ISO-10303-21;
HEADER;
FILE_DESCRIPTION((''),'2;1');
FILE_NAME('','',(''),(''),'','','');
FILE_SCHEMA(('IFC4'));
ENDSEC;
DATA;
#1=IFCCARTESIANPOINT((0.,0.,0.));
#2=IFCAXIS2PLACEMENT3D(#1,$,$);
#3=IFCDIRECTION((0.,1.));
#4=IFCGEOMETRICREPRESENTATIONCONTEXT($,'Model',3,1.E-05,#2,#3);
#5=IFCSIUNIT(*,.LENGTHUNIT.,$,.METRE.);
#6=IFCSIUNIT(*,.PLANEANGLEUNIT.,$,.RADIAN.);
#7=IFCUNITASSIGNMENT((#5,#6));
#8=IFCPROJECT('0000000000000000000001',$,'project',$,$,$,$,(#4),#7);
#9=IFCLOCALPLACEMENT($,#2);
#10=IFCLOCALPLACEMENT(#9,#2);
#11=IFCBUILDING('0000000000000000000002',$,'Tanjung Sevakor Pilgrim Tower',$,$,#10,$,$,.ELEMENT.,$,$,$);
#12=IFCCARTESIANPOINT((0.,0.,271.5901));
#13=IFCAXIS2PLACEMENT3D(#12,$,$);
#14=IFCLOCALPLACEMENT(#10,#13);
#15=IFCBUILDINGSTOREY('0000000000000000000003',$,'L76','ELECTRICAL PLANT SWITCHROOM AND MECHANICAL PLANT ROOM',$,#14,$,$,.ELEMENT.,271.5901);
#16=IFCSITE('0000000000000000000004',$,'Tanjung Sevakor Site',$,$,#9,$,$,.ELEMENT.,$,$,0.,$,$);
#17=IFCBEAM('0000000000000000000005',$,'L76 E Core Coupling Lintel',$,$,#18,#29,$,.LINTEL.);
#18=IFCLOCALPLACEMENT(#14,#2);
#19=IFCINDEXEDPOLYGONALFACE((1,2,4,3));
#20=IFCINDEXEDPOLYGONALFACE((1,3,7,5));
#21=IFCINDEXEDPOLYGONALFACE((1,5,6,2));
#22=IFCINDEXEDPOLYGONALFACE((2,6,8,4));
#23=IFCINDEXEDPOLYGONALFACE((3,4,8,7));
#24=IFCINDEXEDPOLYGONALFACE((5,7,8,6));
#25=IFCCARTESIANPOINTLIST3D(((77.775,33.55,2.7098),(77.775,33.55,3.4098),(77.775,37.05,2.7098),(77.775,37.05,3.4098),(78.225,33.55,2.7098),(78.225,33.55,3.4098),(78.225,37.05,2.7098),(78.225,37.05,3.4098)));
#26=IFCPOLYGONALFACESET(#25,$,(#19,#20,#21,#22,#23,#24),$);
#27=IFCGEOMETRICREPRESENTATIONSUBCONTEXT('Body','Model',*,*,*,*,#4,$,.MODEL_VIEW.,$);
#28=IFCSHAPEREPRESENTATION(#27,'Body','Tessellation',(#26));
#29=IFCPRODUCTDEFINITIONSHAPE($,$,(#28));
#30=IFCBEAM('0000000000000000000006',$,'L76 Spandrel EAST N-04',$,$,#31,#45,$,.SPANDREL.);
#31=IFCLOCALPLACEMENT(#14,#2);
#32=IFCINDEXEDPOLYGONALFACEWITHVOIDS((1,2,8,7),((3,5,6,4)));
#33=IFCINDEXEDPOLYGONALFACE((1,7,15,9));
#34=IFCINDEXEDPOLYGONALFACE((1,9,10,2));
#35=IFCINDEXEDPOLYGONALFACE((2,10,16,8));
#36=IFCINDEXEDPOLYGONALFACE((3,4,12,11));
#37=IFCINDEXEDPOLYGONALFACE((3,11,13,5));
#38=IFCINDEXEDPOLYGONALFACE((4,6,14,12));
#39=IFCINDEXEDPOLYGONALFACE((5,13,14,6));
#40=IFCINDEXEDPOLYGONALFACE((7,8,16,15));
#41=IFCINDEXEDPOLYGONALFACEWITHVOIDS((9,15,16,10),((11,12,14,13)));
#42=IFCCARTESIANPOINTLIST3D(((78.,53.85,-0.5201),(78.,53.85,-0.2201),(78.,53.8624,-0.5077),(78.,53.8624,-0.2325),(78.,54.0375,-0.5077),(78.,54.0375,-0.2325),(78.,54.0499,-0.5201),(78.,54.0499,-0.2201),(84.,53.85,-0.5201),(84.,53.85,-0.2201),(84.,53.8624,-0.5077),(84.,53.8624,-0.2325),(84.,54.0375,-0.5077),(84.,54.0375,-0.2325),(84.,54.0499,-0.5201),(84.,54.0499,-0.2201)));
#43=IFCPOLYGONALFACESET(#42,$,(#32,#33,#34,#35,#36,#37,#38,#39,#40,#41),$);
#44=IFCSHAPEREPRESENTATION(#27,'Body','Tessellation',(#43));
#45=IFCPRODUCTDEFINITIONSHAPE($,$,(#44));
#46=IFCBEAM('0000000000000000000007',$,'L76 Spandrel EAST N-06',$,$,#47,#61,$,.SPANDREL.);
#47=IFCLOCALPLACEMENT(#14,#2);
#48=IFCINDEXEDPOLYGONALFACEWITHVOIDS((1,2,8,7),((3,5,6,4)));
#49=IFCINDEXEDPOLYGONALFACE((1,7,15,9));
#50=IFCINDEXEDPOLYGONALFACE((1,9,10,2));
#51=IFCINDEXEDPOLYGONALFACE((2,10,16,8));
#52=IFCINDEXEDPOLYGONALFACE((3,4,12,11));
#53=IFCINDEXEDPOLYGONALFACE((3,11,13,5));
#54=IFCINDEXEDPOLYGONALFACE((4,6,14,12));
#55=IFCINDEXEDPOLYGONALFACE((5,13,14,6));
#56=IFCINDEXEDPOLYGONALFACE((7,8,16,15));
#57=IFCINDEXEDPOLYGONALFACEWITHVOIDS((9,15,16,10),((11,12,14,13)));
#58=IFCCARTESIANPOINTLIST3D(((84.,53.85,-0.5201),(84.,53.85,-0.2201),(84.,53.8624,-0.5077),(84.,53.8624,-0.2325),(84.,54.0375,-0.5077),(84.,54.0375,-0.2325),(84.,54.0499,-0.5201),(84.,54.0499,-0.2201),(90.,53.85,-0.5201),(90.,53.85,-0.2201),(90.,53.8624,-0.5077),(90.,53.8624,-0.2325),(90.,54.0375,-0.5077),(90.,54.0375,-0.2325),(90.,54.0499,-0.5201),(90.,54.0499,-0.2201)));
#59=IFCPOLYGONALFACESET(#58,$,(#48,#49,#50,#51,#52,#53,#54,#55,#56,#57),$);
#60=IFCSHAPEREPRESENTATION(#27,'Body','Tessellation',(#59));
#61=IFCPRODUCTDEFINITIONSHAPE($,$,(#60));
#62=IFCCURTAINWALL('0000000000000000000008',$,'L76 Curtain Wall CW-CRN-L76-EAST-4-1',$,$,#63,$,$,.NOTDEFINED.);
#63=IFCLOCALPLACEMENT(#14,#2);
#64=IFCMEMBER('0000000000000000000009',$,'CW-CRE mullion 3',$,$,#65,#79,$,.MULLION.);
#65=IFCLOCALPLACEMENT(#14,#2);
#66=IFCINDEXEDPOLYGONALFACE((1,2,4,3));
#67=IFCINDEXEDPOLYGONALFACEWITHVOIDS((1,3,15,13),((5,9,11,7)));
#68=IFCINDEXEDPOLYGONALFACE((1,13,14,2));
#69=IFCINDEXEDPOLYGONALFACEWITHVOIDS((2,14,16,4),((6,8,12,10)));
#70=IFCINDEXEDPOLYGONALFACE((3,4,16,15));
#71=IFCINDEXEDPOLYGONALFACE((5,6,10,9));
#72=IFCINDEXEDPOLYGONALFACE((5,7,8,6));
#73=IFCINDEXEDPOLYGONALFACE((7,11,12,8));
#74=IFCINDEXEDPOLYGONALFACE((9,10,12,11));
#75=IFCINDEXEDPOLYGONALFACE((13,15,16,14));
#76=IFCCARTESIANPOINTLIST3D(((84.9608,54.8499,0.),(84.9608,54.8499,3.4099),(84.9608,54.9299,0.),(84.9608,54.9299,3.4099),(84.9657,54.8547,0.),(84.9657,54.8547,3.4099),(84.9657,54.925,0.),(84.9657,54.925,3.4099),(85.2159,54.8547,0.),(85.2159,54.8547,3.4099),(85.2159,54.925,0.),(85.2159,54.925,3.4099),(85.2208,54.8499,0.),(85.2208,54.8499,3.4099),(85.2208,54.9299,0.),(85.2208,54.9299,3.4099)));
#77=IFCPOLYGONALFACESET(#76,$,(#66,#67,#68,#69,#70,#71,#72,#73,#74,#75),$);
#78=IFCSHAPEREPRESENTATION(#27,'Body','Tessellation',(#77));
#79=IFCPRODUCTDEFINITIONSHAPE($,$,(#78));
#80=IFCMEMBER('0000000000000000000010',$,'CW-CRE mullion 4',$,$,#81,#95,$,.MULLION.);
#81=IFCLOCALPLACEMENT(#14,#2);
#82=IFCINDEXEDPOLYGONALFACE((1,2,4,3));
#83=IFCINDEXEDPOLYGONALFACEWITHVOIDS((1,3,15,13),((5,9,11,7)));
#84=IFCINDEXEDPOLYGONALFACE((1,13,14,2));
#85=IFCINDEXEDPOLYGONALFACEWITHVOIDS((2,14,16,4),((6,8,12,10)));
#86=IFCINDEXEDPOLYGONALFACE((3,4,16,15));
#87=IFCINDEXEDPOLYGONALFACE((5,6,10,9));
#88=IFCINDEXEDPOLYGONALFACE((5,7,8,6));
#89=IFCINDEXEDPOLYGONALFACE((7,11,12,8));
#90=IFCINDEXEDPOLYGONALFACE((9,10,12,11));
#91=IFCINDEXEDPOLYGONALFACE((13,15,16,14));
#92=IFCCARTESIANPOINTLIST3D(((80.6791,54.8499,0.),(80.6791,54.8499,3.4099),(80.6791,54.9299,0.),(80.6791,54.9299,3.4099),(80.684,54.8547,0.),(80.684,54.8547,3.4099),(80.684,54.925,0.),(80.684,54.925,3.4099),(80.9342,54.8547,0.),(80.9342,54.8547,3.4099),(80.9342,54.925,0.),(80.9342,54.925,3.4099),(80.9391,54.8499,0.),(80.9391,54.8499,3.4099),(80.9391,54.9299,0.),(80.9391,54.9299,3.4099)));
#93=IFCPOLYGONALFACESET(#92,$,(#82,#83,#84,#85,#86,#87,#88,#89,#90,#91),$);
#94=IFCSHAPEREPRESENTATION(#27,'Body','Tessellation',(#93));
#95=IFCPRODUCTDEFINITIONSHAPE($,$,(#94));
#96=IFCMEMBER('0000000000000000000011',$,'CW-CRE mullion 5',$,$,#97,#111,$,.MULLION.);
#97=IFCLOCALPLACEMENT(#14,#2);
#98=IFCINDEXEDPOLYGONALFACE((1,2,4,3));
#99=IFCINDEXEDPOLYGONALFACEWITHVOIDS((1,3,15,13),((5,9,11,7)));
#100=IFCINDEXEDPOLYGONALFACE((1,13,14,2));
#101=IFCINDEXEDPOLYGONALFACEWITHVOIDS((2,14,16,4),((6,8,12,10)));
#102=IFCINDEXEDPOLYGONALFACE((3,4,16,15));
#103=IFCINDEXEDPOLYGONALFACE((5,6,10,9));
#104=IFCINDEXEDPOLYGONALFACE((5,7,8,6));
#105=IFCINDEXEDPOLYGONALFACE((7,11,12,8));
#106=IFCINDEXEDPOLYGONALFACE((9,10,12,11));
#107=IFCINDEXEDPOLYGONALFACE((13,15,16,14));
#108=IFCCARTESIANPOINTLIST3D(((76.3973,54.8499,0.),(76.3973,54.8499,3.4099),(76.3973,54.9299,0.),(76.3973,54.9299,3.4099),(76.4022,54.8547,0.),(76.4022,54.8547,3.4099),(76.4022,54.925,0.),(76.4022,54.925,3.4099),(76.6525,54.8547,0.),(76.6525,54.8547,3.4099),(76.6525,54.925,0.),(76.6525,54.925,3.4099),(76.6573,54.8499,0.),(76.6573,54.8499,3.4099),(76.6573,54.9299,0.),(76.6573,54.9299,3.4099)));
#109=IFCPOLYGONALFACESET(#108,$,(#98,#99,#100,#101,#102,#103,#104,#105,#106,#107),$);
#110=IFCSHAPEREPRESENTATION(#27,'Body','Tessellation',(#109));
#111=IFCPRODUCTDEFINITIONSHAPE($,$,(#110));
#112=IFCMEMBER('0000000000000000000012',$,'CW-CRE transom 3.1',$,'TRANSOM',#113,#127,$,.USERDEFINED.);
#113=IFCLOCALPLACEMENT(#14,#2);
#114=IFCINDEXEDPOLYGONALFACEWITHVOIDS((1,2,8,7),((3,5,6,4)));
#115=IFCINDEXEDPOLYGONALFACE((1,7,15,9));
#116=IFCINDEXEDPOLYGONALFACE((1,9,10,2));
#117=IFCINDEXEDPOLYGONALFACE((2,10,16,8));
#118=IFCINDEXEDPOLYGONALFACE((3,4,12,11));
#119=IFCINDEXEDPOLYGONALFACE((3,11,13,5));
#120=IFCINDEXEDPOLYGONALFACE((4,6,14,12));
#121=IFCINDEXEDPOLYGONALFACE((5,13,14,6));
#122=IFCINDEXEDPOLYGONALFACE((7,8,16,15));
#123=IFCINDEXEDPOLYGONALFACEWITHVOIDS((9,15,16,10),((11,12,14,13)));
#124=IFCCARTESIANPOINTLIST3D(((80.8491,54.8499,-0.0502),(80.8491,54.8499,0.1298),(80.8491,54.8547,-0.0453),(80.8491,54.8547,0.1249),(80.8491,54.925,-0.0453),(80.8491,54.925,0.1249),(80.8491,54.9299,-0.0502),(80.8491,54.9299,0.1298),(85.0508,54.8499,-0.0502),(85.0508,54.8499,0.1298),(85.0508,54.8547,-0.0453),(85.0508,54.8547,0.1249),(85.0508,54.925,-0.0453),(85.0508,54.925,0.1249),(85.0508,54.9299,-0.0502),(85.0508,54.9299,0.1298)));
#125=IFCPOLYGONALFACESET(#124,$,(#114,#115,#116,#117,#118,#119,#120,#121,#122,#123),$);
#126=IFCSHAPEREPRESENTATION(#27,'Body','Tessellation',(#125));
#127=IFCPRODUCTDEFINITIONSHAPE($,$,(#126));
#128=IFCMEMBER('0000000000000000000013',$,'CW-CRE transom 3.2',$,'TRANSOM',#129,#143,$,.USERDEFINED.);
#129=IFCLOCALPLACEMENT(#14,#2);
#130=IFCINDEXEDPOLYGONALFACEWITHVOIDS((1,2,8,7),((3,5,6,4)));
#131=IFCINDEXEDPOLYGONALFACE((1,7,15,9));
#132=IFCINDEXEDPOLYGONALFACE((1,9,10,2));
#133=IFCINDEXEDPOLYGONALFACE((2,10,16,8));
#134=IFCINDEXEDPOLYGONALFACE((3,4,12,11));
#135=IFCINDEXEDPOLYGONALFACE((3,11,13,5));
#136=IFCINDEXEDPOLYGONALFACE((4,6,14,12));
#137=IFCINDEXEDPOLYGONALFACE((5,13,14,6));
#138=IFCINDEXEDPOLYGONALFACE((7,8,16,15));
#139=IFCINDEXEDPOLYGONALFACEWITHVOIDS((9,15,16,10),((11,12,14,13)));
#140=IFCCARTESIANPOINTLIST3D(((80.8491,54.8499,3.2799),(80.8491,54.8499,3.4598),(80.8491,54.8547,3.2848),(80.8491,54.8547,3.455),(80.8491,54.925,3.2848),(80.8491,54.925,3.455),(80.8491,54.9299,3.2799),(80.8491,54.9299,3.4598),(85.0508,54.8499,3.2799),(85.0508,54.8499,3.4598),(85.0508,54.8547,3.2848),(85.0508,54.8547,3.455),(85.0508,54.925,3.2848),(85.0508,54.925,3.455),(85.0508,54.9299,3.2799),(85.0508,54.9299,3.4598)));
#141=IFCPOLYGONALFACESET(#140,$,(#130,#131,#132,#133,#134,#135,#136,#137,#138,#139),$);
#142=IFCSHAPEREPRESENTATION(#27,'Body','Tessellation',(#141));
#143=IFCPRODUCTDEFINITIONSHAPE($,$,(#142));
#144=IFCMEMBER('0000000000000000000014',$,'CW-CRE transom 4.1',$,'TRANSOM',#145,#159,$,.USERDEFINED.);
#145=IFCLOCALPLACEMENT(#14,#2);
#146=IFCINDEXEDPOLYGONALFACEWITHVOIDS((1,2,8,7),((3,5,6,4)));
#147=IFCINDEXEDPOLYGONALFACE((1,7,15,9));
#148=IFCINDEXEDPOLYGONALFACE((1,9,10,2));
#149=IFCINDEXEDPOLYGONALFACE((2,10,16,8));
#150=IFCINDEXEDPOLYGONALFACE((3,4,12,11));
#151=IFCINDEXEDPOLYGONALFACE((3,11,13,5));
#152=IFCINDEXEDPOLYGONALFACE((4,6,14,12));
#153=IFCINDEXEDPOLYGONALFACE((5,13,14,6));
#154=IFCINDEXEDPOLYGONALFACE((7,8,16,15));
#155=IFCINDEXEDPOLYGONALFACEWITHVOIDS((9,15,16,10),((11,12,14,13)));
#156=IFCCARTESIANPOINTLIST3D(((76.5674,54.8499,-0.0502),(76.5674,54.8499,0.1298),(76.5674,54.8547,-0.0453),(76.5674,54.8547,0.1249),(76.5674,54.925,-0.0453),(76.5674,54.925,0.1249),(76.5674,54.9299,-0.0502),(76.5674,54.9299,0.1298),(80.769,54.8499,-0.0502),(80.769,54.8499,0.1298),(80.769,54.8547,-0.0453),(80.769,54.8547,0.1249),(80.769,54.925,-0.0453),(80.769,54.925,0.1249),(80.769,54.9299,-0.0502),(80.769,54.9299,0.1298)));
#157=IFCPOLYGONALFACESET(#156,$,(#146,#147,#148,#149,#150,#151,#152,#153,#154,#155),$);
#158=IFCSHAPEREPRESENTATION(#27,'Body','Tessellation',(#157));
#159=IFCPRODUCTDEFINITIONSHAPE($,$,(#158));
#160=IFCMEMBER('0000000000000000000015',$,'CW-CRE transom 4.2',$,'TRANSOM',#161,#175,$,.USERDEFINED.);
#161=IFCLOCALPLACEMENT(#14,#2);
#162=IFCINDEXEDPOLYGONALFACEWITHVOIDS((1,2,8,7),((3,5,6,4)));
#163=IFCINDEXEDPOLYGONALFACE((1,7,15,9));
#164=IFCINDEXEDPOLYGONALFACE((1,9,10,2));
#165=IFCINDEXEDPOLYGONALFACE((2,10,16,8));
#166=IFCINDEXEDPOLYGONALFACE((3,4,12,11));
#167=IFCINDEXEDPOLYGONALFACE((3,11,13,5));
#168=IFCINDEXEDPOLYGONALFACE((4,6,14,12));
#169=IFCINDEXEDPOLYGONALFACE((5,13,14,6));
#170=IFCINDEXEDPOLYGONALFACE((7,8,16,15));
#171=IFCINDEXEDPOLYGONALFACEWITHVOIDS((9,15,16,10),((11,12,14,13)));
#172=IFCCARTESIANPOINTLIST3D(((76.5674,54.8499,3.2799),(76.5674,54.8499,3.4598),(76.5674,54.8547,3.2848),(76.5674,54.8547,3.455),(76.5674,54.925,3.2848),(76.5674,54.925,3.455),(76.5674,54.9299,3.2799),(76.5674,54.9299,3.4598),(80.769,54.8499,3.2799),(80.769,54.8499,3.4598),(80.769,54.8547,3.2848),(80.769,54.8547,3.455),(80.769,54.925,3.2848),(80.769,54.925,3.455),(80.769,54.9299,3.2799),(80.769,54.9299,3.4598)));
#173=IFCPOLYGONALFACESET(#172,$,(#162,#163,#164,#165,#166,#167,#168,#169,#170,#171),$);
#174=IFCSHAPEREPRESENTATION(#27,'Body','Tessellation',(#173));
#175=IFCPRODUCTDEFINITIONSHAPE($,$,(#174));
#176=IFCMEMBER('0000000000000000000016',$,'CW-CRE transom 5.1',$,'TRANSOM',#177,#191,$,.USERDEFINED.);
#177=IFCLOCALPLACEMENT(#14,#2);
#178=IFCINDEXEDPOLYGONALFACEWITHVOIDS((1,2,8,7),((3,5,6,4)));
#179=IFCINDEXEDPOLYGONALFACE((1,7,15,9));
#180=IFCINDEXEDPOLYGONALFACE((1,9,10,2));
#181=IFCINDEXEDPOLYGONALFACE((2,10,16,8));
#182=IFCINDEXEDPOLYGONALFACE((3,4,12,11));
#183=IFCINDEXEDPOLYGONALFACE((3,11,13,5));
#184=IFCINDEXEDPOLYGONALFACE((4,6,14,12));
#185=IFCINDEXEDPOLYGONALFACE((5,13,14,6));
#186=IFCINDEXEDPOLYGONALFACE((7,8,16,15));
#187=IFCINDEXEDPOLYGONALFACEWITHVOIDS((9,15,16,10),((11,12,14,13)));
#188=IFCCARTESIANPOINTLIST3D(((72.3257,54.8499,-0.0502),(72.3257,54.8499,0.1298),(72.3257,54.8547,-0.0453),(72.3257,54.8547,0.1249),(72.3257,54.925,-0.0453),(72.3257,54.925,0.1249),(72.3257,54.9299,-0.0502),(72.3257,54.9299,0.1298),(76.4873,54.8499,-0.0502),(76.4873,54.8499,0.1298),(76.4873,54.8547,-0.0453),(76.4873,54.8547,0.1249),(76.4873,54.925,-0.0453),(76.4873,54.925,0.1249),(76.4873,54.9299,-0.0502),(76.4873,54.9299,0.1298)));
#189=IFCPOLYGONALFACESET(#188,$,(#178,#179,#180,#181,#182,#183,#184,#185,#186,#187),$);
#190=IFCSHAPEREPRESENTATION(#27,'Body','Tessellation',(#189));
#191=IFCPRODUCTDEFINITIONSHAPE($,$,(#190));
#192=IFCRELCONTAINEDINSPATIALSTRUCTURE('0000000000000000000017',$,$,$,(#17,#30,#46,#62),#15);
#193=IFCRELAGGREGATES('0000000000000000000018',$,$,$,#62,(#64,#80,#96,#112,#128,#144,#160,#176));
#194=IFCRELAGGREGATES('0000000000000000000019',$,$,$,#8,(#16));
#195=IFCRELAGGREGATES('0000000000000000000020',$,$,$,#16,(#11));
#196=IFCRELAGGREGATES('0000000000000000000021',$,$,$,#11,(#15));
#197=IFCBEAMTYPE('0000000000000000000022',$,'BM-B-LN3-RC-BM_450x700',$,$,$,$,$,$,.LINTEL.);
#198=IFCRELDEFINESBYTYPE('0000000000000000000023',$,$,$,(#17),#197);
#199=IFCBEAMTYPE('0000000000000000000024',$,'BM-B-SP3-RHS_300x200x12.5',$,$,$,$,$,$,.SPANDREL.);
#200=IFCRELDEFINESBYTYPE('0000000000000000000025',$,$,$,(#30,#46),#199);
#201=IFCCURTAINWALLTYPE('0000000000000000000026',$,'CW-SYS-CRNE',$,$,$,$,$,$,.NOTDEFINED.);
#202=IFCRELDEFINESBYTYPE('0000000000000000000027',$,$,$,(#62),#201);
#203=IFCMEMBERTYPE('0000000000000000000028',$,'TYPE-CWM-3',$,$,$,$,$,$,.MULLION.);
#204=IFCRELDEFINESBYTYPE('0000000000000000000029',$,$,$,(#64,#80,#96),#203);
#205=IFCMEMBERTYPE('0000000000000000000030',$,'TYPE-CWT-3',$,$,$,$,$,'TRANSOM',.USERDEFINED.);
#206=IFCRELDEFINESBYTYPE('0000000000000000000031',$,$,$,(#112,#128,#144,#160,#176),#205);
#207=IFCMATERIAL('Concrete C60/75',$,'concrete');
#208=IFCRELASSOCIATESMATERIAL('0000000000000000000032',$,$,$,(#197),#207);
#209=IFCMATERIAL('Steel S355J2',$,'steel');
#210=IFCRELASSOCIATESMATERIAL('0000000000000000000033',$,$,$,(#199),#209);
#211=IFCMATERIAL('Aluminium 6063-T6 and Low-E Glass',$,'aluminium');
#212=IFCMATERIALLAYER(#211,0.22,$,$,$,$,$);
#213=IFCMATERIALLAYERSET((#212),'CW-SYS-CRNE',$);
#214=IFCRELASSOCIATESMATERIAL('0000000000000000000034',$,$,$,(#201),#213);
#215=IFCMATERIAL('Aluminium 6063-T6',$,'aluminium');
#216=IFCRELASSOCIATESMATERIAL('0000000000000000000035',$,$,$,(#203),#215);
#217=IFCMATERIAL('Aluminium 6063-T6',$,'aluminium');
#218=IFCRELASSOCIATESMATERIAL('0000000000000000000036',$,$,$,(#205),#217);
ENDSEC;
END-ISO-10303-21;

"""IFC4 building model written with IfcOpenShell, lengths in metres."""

from ifc_helpers import new_model, si_unit, direction, frame, origin, origin_2d, place, context, subcontext, project, spatial, rectangle, hollow_rectangle, extrude, material, layer, layer_set, material_profile, profile_set, type_object, element, aggregate, save


model = new_model("IFC4")

# Units and contexts
model_context = context("Model", 3, precision=1e-05, world=origin(), true_north=direction((0.0, 1.0)))
body_context = subcontext(model_context, "Body", "Model", "MODEL_VIEW")
ifc_project = project(units=[si_unit("LENGTHUNIT", "METRE"), si_unit("PLANEANGLEUNIT", "RADIAN")], contexts=[model_context])

# Site, building, storey
site_placement = place(None, origin())
site = spatial("IfcSite", under=ifc_project, at=site_placement, Name="Tanjung Sevakor Site", CompositionType="ELEMENT", RefElevation=0.0)
building_placement = place(site_placement, origin())
building = spatial("IfcBuilding", under=site, at=building_placement, Name="Tanjung Sevakor Pilgrim Tower", CompositionType="ELEMENT")
storey_placement = place(building_placement, frame((0.0, 0.0, 271.5901)))
storey = spatial("IfcBuildingStorey", under=building, at=storey_placement, Name="L76", Description="ELECTRICAL PLANT SWITCHROOM AND MECHANICAL PLANT ROOM", CompositionType="ELEMENT", Elevation=271.5901)

# Beams
ifc_material_1 = material(Name="Concrete C60/75", Category="concrete")
ifc_material_profile_1 = material_profile(ifc_material_1, rectangle(XDim=0.45, YDim=0.7, at=origin_2d()))
ifc_profile_set_1 = profile_set([ifc_material_profile_1], Name="Concrete C60/75")
beam_type_1 = type_object("IfcBeamType", Name="BM-B-LN3-RC-BM_450x700", PredefinedType="LINTEL", material=ifc_profile_set_1)
beam_placement = place(storey_placement, frame((78.0, 33.55, 3.0598), z_axis=(0.0, 1.0, 0.0), x_axis=(-1.0, 0.0, 0.0)))
element("IfcBeam", 1, at=beam_placement, inside=storey, type_object=beam_type_1, Name="L76 E Core Coupling Lintel", PredefinedType="LINTEL", context=body_context, shape_type="SweptSolid", body=[
    extrude(rectangle(XDim=0.45, YDim=0.7, at=origin_2d()), origin(), (0.0, 0.0, 1.0), 3.5),
])
ifc_material_2 = material(Name="Steel S355J2", Category="steel")
ifc_material_profile_2 = material_profile(ifc_material_2, hollow_rectangle(XDim=0.2, YDim=0.3, WallThickness=0.0125, at=origin_2d()))
ifc_profile_set_2 = profile_set([ifc_material_profile_2], Name="Steel S355J2")
beam_type_2 = type_object("IfcBeamType", Name="BM-B-SP3-RHS_300x200x12.5", PredefinedType="SPANDREL", material=ifc_profile_set_2)
for number, where, z_axis, x_axis, name in (
    (2, (78.0, 53.95, -0.3701), (1.0, 0.0, 0.0), (0.0, 1.0, 0.0), "L76 Spandrel EAST N-04"),
    (3, (84.0, 53.95, -0.3701), (1.0, 0.0, 0.0), (0.0, 1.0, 0.0), "L76 Spandrel EAST N-06"),
):
    element("IfcBeam", number, at=place(storey_placement, frame(where, z_axis=z_axis, x_axis=x_axis)), inside=storey, type_object=beam_type_2, Name=name, PredefinedType="SPANDREL", context=body_context, shape_type="SweptSolid", body=[
        extrude(hollow_rectangle(XDim=0.2, YDim=0.3, WallThickness=0.0125, at=origin_2d()), origin(), (0.0, 0.0, 1.0), 6.0),
    ])

# Curtain wall, members
ifc_material_3 = material(Name="Aluminium 6063-T6 and Low-E Glass", Category="aluminium")
ifc_layer_1 = layer(ifc_material_3, 0.22)
ifc_layer_set_1 = layer_set([ifc_layer_1], Name="CW-SYS-CRNE")
curtain_wall_type = type_object("IfcCurtainWallType", Name="CW-SYS-CRNE", PredefinedType="NOTDEFINED", material=ifc_layer_set_1)
curtain_wall_placement = place(storey_placement, origin())
curtain_wall = element("IfcCurtainWall", 4, at=curtain_wall_placement, inside=storey, type_object=curtain_wall_type, Name="L76 Curtain Wall CW-CRN-L76-EAST-4-1", PredefinedType="NOTDEFINED")
ifc_material_4 = material(Name="Aluminium 6063-T6", Category="aluminium")
ifc_material_profile_3 = material_profile(ifc_material_4, hollow_rectangle(XDim=0.0801, YDim=0.26, WallThickness=0.0049, at=origin_2d()))
ifc_profile_set_3 = profile_set([ifc_material_profile_3], Name="Aluminium 6063-T6")
member_type_1 = type_object("IfcMemberType", Name="TYPE-CWM-3", PredefinedType="MULLION", material=ifc_profile_set_3)
member_1_placement = place(storey_placement, frame((85.0908, 54.8899, 0.0), z_axis=(0.0, 0.0, 1.0), x_axis=(0.0, -1.0, 0.0)))
member_1 = element("IfcMember", 5, at=member_1_placement, type_object=member_type_1, Name="CW-CRE mullion 3", PredefinedType="MULLION", context=body_context, shape_type="SweptSolid", body=[
    extrude(hollow_rectangle(XDim=0.0801, YDim=0.26, WallThickness=0.0049, at=origin_2d()), origin(), (0.0, 0.0, 1.0), 3.4099),
])
member_2_placement = place(storey_placement, frame((80.8091, 54.8899, 0.0), z_axis=(0.0, 0.0, 1.0), x_axis=(0.0, -1.0, 0.0)))
member_2 = element("IfcMember", 6, at=member_2_placement, type_object=member_type_1, Name="CW-CRE mullion 4", PredefinedType="MULLION", context=body_context, shape_type="SweptSolid", body=[
    extrude(hollow_rectangle(XDim=0.0801, YDim=0.26, WallThickness=0.0049, at=origin_2d()), origin(), (0.0, 0.0, 1.0), 3.4099),
])
member_3_placement = place(storey_placement, frame((76.5273, 54.8899, 0.0), z_axis=(0.0, 0.0, 1.0), x_axis=(0.0, -1.0, 0.0)))
member_3 = element("IfcMember", 7, at=member_3_placement, type_object=member_type_1, Name="CW-CRE mullion 5", PredefinedType="MULLION", context=body_context, shape_type="SweptSolid", body=[
    extrude(hollow_rectangle(XDim=0.0801, YDim=0.26, WallThickness=0.0049, at=origin_2d()), origin(), (0.0, 0.0, 1.0), 3.4099),
])
ifc_material_5 = material(Name="Aluminium 6063-T6", Category="aluminium")
ifc_material_profile_4 = material_profile(ifc_material_5, hollow_rectangle(XDim=0.0801, YDim=0.1799, WallThickness=0.0049, at=origin_2d()))
ifc_profile_set_4 = profile_set([ifc_material_profile_4], Name="Aluminium 6063-T6")
member_type_2 = type_object("IfcMemberType", Name="TYPE-CWT-3", ElementType="TRANSOM", PredefinedType="USERDEFINED", material=ifc_profile_set_4)
member_4_placement = place(storey_placement, frame((85.0508, 54.8899, 0.0398), z_axis=(-1.0, 0.0, 0.0), x_axis=(0.0, -1.0, 0.0)))
member_4 = element("IfcMember", 8, at=member_4_placement, type_object=member_type_2, Name="CW-CRE transom 3.1", ObjectType="TRANSOM", PredefinedType="USERDEFINED", context=body_context, shape_type="SweptSolid", body=[
    extrude(hollow_rectangle(XDim=0.0801, YDim=0.1799, WallThickness=0.0049, at=origin_2d()), origin(), (0.0, 0.0, 1.0), 4.2017),
])
member_5_placement = place(storey_placement, frame((85.0508, 54.8899, 3.3699), z_axis=(-1.0, 0.0, 0.0), x_axis=(0.0, -1.0, 0.0)))
member_5 = element("IfcMember", 9, at=member_5_placement, type_object=member_type_2, Name="CW-CRE transom 3.2", ObjectType="TRANSOM", PredefinedType="USERDEFINED", context=body_context, shape_type="SweptSolid", body=[
    extrude(hollow_rectangle(XDim=0.0801, YDim=0.1799, WallThickness=0.0049, at=origin_2d()), origin(), (0.0, 0.0, 1.0), 4.2017),
])
member_6_placement = place(storey_placement, frame((80.769, 54.8899, 0.0398), z_axis=(-1.0, 0.0, 0.0), x_axis=(0.0, -1.0, 0.0)))
member_6 = element("IfcMember", 10, at=member_6_placement, type_object=member_type_2, Name="CW-CRE transom 4.1", ObjectType="TRANSOM", PredefinedType="USERDEFINED", context=body_context, shape_type="SweptSolid", body=[
    extrude(hollow_rectangle(XDim=0.0801, YDim=0.1799, WallThickness=0.0049, at=origin_2d()), origin(), (0.0, 0.0, 1.0), 4.2017),
])
member_7_placement = place(storey_placement, frame((80.769, 54.8899, 3.3699), z_axis=(-1.0, 0.0, 0.0), x_axis=(0.0, -1.0, 0.0)))
member_7 = element("IfcMember", 11, at=member_7_placement, type_object=member_type_2, Name="CW-CRE transom 4.2", ObjectType="TRANSOM", PredefinedType="USERDEFINED", context=body_context, shape_type="SweptSolid", body=[
    extrude(hollow_rectangle(XDim=0.0801, YDim=0.1799, WallThickness=0.0049, at=origin_2d()), origin(), (0.0, 0.0, 1.0), 4.2017),
])
member_8_placement = place(storey_placement, frame((76.4873, 54.8899, 0.0398), z_axis=(-1.0, 0.0, 0.0), x_axis=(0.0, -1.0, 0.0)))
member_8 = element("IfcMember", 12, at=member_8_placement, type_object=member_type_2, Name="CW-CRE transom 5.1", ObjectType="TRANSOM", PredefinedType="USERDEFINED", context=body_context, shape_type="SweptSolid", body=[
    extrude(hollow_rectangle(XDim=0.0801, YDim=0.1799, WallThickness=0.0049, at=origin_2d()), origin(), (0.0, 0.0, 1.0), 4.1616),
])
aggregate(curtain_wall, [member_1, member_2, member_3, member_4, member_5, member_6, member_7, member_8])

save(model, "model.ifc")
